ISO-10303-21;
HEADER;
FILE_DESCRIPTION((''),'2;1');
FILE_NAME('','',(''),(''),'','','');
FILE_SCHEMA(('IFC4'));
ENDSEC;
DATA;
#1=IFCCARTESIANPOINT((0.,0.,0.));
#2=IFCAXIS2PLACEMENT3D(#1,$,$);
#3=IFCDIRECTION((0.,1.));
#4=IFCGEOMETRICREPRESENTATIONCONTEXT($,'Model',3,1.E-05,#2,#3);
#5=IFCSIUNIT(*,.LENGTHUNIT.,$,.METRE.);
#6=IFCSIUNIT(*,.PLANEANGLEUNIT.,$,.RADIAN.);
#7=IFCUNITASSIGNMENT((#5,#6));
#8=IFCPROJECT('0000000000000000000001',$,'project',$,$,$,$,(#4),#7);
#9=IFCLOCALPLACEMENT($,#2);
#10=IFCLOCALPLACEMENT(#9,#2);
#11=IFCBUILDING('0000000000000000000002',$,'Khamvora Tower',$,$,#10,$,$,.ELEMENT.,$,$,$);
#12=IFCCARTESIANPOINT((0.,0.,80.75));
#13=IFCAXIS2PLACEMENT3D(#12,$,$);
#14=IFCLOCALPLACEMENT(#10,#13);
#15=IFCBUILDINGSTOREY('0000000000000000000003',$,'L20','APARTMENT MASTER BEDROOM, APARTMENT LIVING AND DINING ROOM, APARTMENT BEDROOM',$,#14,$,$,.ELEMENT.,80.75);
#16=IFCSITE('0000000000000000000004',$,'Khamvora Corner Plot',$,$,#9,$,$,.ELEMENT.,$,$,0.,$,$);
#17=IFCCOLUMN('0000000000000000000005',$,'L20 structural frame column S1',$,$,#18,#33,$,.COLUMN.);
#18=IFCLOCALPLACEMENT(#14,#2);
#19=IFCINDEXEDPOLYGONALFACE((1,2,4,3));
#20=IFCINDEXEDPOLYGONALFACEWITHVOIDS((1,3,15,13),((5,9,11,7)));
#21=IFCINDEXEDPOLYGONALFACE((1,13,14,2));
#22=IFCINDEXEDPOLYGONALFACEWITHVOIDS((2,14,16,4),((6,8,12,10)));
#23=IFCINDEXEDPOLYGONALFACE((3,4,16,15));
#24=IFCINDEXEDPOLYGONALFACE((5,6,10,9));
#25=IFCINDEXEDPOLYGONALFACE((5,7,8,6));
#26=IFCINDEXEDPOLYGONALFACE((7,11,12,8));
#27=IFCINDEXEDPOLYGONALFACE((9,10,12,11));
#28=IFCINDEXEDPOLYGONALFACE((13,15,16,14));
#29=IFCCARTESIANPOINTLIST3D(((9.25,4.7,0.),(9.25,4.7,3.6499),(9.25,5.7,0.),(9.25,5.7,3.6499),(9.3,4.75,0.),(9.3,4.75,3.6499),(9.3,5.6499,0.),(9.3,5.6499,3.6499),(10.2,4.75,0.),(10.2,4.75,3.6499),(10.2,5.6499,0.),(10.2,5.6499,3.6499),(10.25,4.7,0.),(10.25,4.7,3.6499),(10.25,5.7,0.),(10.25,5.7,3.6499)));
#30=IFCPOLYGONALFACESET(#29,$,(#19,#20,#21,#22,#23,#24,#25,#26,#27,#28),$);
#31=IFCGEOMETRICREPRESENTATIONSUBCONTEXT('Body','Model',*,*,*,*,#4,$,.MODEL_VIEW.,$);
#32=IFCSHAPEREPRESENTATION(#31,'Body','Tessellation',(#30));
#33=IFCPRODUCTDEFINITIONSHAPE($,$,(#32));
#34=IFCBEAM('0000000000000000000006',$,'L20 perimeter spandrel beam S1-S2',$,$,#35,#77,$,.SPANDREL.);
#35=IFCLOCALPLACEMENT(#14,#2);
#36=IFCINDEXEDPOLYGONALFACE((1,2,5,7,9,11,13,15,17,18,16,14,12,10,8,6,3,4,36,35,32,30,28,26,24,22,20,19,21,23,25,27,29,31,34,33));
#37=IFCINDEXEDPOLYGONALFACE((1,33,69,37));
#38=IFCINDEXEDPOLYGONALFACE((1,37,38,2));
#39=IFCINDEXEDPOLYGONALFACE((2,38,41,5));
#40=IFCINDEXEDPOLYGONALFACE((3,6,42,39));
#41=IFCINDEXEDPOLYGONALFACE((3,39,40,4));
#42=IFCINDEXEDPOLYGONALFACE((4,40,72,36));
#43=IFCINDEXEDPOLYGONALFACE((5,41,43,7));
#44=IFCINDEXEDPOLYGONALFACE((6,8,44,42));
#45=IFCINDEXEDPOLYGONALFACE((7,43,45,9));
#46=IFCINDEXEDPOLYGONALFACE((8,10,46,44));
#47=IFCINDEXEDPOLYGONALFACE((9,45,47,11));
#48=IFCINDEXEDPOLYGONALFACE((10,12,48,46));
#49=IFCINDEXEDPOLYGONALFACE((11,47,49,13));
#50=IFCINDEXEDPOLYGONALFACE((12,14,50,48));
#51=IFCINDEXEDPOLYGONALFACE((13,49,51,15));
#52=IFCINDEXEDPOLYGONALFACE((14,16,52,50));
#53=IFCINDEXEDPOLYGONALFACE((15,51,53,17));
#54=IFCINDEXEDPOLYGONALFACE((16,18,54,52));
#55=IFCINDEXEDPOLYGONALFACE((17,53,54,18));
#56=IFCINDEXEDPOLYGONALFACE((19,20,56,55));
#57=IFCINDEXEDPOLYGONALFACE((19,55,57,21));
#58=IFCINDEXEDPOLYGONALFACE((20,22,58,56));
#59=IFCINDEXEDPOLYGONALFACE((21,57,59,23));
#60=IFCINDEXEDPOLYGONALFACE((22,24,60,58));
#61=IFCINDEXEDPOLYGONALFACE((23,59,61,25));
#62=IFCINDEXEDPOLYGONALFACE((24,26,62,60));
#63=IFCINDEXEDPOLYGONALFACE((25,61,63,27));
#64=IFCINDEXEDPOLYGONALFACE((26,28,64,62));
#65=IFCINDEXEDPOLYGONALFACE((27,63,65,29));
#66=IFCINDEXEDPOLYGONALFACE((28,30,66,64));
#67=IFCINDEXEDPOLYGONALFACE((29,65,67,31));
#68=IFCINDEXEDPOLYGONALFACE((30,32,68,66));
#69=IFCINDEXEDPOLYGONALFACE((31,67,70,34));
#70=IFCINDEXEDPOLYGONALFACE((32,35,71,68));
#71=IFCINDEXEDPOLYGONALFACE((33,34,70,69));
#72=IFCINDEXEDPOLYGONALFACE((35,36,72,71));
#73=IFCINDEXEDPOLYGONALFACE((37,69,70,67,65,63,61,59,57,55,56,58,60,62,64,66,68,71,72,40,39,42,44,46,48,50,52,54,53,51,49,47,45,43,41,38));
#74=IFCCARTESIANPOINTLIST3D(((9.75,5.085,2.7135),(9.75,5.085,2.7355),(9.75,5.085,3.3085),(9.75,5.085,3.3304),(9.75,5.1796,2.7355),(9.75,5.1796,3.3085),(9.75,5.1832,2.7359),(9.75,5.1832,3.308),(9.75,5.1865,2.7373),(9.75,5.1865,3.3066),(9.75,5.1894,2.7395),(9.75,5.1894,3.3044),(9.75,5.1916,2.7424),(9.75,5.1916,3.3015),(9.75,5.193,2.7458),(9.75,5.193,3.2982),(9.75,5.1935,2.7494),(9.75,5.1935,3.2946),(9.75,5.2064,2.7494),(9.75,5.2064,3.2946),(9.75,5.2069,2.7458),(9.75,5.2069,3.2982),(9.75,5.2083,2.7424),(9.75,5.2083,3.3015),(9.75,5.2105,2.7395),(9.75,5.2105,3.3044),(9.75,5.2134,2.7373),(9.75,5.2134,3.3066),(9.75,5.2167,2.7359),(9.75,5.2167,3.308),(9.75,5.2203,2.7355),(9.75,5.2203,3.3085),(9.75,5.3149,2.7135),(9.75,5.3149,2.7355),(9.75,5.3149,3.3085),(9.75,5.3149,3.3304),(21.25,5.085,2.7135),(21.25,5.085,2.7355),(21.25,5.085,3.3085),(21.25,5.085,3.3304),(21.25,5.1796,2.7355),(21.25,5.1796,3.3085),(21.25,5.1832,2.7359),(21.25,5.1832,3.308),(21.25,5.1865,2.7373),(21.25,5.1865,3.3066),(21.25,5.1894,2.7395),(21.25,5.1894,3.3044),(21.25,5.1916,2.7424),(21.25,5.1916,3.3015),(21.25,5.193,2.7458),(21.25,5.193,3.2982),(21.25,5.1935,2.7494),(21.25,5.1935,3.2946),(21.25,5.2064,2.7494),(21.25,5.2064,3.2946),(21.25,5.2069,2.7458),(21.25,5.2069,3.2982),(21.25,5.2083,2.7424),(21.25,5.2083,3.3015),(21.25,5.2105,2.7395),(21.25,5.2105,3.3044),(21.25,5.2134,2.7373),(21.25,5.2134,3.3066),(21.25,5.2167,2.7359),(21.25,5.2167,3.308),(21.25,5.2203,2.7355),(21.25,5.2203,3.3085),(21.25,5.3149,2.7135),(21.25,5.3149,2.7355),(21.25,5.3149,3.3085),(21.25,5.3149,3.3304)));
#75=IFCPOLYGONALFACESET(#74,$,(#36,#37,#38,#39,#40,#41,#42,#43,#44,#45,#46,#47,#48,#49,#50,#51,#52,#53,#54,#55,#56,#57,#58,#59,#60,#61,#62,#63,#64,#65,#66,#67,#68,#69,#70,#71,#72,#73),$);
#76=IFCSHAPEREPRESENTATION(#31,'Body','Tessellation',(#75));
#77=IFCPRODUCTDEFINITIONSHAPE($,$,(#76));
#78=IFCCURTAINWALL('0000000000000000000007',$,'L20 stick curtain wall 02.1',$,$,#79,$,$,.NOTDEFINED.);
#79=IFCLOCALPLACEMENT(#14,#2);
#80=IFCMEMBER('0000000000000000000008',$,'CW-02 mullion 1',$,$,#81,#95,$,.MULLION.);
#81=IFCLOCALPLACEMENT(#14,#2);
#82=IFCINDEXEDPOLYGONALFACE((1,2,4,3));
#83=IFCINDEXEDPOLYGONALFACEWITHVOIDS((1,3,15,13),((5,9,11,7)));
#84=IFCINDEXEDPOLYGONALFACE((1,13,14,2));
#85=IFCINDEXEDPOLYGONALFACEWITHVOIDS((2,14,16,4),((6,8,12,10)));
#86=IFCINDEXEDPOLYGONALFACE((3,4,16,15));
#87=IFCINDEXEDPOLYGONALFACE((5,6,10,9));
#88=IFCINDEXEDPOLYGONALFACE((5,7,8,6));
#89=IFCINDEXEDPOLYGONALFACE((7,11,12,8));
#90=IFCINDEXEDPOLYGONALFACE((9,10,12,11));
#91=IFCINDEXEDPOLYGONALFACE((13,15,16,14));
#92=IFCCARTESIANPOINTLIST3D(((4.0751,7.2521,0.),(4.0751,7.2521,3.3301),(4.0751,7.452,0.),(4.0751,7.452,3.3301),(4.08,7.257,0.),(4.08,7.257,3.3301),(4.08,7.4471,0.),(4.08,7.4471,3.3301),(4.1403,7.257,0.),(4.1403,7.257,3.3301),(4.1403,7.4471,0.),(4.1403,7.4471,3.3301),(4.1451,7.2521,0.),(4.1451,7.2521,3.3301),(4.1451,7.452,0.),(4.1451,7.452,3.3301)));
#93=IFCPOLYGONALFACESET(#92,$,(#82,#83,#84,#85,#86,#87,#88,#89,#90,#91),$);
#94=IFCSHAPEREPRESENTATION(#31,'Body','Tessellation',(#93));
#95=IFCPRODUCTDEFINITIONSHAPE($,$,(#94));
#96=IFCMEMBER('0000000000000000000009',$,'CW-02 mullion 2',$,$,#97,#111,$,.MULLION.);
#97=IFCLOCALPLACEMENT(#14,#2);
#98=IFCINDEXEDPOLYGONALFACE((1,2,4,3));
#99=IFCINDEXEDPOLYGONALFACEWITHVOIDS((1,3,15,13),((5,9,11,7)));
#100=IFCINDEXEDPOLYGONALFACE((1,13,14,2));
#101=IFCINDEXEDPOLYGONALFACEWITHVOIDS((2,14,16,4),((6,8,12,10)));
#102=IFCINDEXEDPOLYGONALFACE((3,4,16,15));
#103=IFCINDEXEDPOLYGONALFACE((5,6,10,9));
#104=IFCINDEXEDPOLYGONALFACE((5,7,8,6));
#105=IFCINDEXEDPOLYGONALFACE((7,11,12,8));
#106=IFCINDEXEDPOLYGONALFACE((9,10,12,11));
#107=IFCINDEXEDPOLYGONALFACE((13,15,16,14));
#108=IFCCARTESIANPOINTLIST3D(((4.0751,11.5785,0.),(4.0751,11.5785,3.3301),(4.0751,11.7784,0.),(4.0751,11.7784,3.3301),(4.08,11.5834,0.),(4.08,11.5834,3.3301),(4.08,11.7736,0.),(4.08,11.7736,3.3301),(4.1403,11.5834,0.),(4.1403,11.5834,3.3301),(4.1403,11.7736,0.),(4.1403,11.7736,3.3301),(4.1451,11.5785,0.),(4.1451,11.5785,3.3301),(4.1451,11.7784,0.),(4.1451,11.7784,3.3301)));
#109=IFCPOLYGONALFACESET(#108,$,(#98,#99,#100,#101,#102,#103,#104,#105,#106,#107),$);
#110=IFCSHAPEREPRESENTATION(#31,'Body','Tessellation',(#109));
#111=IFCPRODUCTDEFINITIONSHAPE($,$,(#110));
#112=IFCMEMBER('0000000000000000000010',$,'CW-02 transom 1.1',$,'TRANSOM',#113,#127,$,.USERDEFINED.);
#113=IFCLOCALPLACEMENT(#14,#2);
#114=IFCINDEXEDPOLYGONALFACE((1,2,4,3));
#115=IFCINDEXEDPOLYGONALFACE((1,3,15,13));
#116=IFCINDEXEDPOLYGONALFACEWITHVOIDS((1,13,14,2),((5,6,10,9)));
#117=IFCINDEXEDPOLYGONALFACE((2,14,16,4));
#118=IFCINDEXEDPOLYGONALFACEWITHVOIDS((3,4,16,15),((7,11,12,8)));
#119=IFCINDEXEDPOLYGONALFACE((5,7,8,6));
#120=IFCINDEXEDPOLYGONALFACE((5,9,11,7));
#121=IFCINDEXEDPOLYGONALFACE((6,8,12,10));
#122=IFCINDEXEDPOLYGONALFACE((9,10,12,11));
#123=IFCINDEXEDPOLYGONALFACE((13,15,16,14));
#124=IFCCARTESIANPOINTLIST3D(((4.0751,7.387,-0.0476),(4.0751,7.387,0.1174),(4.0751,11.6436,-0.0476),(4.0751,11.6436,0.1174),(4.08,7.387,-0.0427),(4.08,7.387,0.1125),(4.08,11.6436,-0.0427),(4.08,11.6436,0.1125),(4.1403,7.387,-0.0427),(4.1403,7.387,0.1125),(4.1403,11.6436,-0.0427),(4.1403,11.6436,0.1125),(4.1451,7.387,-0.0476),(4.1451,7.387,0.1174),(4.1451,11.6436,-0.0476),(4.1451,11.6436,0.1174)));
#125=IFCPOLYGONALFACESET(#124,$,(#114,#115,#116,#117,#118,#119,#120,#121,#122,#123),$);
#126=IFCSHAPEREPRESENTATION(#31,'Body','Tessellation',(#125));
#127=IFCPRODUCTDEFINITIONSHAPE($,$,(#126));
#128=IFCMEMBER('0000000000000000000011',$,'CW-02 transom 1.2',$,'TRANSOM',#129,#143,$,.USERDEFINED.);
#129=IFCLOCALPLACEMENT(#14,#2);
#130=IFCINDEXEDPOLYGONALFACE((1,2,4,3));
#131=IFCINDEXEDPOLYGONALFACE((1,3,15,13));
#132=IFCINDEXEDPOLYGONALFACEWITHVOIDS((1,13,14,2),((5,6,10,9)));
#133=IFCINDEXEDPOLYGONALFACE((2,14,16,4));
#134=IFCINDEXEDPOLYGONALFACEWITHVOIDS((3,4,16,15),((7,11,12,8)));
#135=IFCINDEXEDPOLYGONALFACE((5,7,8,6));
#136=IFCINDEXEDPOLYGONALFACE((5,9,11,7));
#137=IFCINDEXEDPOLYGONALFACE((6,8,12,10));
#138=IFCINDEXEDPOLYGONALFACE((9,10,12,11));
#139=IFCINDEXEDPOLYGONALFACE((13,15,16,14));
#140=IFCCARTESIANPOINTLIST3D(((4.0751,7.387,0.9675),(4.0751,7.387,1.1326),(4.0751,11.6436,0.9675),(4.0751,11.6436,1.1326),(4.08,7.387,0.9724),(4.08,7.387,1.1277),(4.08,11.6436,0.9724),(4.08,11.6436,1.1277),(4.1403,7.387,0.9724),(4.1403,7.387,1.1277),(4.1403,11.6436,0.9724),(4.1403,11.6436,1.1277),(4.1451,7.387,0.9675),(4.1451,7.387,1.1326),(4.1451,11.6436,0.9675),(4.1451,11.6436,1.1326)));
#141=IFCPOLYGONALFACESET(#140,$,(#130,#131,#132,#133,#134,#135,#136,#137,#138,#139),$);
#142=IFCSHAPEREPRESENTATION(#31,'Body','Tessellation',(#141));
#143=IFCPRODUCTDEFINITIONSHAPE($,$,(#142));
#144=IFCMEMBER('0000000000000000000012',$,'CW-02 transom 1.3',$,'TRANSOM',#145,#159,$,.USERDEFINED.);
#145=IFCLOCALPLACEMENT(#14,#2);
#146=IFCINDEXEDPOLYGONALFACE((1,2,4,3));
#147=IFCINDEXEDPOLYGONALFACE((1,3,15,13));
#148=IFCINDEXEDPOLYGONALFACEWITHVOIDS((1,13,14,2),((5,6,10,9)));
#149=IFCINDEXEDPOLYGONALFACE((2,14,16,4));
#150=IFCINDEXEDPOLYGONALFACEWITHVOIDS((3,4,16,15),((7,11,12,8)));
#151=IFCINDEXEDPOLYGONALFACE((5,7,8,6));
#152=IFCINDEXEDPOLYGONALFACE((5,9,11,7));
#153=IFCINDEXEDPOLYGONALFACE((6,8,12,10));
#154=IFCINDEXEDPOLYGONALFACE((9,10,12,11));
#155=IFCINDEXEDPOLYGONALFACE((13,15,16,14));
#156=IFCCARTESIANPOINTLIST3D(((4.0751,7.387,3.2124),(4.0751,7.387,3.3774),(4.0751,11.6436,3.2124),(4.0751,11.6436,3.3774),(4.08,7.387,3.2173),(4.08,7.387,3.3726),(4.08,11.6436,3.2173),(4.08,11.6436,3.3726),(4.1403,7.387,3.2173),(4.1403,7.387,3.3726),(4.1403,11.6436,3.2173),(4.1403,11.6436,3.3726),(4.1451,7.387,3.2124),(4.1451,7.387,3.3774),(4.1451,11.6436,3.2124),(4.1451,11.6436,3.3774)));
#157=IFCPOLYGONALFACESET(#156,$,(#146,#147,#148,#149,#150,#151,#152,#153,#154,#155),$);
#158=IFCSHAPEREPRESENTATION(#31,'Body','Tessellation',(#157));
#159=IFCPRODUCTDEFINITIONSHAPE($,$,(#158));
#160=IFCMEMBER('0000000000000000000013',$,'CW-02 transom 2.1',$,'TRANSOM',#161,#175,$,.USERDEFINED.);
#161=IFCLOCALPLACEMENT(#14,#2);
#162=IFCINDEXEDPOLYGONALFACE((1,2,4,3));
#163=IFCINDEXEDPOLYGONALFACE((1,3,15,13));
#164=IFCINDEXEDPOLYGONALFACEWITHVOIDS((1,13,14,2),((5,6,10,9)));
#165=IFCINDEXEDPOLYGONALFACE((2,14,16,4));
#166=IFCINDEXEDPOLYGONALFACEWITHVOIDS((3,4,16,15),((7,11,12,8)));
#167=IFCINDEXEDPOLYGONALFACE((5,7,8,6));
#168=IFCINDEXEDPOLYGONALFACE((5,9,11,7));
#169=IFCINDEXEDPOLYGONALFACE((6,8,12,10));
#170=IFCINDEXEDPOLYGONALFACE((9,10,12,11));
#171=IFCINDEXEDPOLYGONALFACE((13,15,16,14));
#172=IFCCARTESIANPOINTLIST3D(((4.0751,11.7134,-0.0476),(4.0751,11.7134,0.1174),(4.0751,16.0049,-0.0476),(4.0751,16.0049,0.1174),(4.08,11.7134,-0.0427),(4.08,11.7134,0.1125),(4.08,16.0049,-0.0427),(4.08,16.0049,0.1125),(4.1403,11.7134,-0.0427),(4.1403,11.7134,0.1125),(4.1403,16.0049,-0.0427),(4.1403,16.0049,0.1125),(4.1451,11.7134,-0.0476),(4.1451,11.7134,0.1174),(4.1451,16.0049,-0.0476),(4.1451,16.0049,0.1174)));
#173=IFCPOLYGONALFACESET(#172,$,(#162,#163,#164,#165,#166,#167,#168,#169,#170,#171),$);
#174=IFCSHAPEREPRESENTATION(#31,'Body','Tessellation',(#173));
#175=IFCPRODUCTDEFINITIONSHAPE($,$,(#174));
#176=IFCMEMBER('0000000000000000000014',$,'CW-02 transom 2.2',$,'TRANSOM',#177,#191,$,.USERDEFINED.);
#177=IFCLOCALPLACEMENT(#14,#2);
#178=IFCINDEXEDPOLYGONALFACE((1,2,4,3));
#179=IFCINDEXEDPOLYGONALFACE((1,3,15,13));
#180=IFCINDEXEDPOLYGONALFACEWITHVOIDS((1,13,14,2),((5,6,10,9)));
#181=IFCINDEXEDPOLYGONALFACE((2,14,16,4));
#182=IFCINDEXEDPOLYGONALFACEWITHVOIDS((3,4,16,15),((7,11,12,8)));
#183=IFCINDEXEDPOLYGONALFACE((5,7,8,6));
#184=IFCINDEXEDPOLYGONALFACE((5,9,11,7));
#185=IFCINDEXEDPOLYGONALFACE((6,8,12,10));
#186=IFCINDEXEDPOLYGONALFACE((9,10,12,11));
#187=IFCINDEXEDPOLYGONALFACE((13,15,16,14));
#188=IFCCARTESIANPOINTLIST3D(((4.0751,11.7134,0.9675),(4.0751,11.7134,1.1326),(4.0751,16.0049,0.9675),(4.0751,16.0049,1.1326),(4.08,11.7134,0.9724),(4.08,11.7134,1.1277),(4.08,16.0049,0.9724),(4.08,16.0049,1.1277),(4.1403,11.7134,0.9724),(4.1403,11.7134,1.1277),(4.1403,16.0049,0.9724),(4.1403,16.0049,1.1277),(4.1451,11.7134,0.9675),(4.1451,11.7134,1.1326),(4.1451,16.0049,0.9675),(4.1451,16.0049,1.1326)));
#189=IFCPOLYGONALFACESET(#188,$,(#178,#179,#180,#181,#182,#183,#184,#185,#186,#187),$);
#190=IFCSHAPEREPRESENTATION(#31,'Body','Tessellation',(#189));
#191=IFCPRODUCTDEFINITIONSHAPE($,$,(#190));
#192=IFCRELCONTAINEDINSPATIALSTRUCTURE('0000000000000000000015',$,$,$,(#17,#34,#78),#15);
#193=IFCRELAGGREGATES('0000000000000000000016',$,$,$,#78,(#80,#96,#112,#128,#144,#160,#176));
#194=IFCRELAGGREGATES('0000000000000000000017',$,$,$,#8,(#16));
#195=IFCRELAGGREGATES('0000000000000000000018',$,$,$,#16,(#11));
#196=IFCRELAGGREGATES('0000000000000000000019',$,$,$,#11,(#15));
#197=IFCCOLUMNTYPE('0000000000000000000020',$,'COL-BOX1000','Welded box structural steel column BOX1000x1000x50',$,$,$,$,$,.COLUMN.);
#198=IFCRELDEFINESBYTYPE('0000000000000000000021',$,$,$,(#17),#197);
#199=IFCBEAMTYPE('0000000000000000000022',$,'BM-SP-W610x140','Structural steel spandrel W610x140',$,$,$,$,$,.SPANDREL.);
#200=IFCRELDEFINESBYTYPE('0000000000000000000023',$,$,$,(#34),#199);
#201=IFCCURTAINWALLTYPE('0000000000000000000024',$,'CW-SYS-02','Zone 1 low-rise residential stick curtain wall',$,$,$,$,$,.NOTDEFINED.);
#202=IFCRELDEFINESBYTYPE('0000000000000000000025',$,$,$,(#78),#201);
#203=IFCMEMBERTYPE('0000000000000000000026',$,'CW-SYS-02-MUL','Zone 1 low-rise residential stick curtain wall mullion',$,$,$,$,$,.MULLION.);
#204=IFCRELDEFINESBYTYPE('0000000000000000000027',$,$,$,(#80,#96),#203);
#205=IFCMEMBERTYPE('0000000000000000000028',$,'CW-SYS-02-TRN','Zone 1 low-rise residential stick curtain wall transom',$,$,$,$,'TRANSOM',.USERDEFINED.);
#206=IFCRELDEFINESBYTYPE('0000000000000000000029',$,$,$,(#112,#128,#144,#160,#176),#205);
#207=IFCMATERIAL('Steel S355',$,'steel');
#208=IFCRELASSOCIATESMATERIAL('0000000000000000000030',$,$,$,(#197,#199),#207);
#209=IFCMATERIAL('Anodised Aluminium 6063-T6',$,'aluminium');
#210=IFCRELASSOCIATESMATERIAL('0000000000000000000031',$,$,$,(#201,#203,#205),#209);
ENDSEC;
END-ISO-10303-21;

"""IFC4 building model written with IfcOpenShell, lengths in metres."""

from ifc_helpers import new_model, si_unit, direction, frame, origin, origin_2d, place, context, subcontext, project, spatial, hollow_rectangle, i_section, extrude, material, material_profile, profile_set, type_object, element, aggregate, save


model = new_model("IFC4")

# Units and contexts
model_context = context("Model", 3, precision=1e-05, world=origin(), true_north=direction((0.0, 1.0)))
body_context = subcontext(model_context, "Body", "Model", "MODEL_VIEW")
ifc_project = project(units=[si_unit("LENGTHUNIT", "METRE"), si_unit("PLANEANGLEUNIT", "RADIAN")], contexts=[model_context])

# Site, building, storey
site_placement = place(None, origin())
site = spatial("IfcSite", under=ifc_project, at=site_placement, Name="Khamvora Corner Plot", CompositionType="ELEMENT", RefElevation=0.0)
building_placement = place(site_placement, origin())
building = spatial("IfcBuilding", under=site, at=building_placement, Name="Khamvora Tower", CompositionType="ELEMENT")
storey_placement = place(building_placement, frame((0.0, 0.0, 80.75)))
storey = spatial("IfcBuildingStorey", under=building, at=storey_placement, Name="L20", Description="APARTMENT MASTER BEDROOM, APARTMENT LIVING AND DINING ROOM, APARTMENT BEDROOM", CompositionType="ELEMENT", Elevation=80.75)

# Column
ifc_material_1 = material(Name="Steel S355", Category="steel")
ifc_material_profile_1 = material_profile(ifc_material_1, hollow_rectangle(XDim=1.0, YDim=1.0, WallThickness=0.05, at=origin_2d()), Name="BOX1000x1000x50")
ifc_profile_set_1 = profile_set([ifc_material_profile_1], Name="Steel S355")
column_type = type_object("IfcColumnType", Name="COL-BOX1000", Description="Welded box structural steel column BOX1000x1000x50", PredefinedType="COLUMN", material=ifc_profile_set_1)
column_placement = place(storey_placement, frame((9.75, 5.2, 0.0), z_axis=(0.0, 0.0, 1.0), x_axis=(1.0, 0.0, 0.0)))
element("IfcColumn", 1, at=column_placement, inside=storey, type_object=column_type, Name="L20 structural frame column S1", PredefinedType="COLUMN", context=body_context, shape_type="SweptSolid", body=[
    extrude(hollow_rectangle(XDim=1.0, YDim=1.0, WallThickness=0.05, at=origin_2d()), origin(), (0.0, 0.0, 1.0), 3.6499),
])

# Beam
ifc_material_profile_2 = material_profile(ifc_material_1, i_section(OverallWidth=0.23, OverallDepth=0.6169, WebThickness=0.0129, FlangeThickness=0.022, FilletRadius=0.0139, at=origin_2d()), Name="W610x140")
ifc_profile_set_2 = profile_set([ifc_material_profile_2], Name="Steel S355")
beam_type = type_object("IfcBeamType", Name="BM-SP-W610x140", Description="Structural steel spandrel W610x140", PredefinedType="SPANDREL", material=ifc_profile_set_2)
beam_placement = place(storey_placement, frame((9.75, 5.2, 3.022), z_axis=(1.0, 0.0, 0.0), x_axis=(0.0, 1.0, 0.0)))
element("IfcBeam", 2, at=beam_placement, inside=storey, type_object=beam_type, Name="L20 perimeter spandrel beam S1-S2", PredefinedType="SPANDREL", context=body_context, shape_type="SweptSolid", body=[
    extrude(i_section(OverallWidth=0.23, OverallDepth=0.6169, WebThickness=0.0129, FlangeThickness=0.022, FilletRadius=0.0139, at=origin_2d()), origin(), (0.0, 0.0, 1.0), 11.5),
])

# Curtain wall, members
ifc_material_2 = material(Name="Anodised Aluminium 6063-T6", Category="aluminium")
curtain_wall_type = type_object("IfcCurtainWallType", Name="CW-SYS-02", Description="Zone 1 low-rise residential stick curtain wall", PredefinedType="NOTDEFINED", material=ifc_material_2)
curtain_wall_placement = place(storey_placement, origin())
curtain_wall = element("IfcCurtainWall", 3, at=curtain_wall_placement, inside=storey, type_object=curtain_wall_type, Name="L20 stick curtain wall 02.1", PredefinedType="NOTDEFINED")
ifc_material_profile_3 = material_profile(ifc_material_2, hollow_rectangle(XDim=0.0701, YDim=0.2, WallThickness=0.0049, at=origin_2d()), Name="MUL70x200x5")
ifc_profile_set_3 = profile_set([ifc_material_profile_3], Name="Anodised Aluminium 6063-T6")
member_type_1 = type_object("IfcMemberType", Name="CW-SYS-02-MUL", Description="Zone 1 low-rise residential stick curtain wall mullion", PredefinedType="MULLION", material=ifc_profile_set_3)
member_1_placement = place(storey_placement, frame((4.1101, 7.3521, 0.0), z_axis=(0.0, 0.0, 1.0), x_axis=(-1.0, 0.0, 0.0)))
member_1 = element("IfcMember", 4, at=member_1_placement, type_object=member_type_1, Name="CW-02 mullion 1", PredefinedType="MULLION", context=body_context, shape_type="SweptSolid", body=[
    extrude(hollow_rectangle(XDim=0.0701, YDim=0.2, WallThickness=0.0049, at=origin_2d()), origin(), (0.0, 0.0, 1.0), 3.3301),
])
member_2_placement = place(storey_placement, frame((4.1101, 11.6785, 0.0), z_axis=(0.0, 0.0, 1.0), x_axis=(-1.0, 0.0, 0.0)))
member_2 = element("IfcMember", 5, at=member_2_placement, type_object=member_type_1, Name="CW-02 mullion 2", PredefinedType="MULLION", context=body_context, shape_type="SweptSolid", body=[
    extrude(hollow_rectangle(XDim=0.0701, YDim=0.2, WallThickness=0.0049, at=origin_2d()), origin(), (0.0, 0.0, 1.0), 3.3301),
])
ifc_material_profile_4 = material_profile(ifc_material_2, hollow_rectangle(XDim=0.0701, YDim=0.165, WallThickness=0.0049, at=origin_2d()), Name="TRN70x165x5")
ifc_profile_set_4 = profile_set([ifc_material_profile_4], Name="Anodised Aluminium 6063-T6")
member_type_2 = type_object("IfcMemberType", Name="CW-SYS-02-TRN", Description="Zone 1 low-rise residential stick curtain wall transom", ElementType="TRANSOM", PredefinedType="USERDEFINED", material=ifc_profile_set_4)
member_3_placement = place(storey_placement, frame((4.1101, 7.387, 0.0349), z_axis=(0.0, 1.0, 0.0), x_axis=(-1.0, 0.0, 0.0)))
member_3 = element("IfcMember", 6, at=member_3_placement, type_object=member_type_2, Name="CW-02 transom 1.1", ObjectType="TRANSOM", PredefinedType="USERDEFINED", context=body_context, shape_type="SweptSolid", body=[
    extrude(hollow_rectangle(XDim=0.0701, YDim=0.165, WallThickness=0.0049, at=origin_2d()), origin(), (0.0, 0.0, 1.0), 4.2566),
])
member_4_placement = place(storey_placement, frame((4.1101, 7.387, 1.05), z_axis=(0.0, 1.0, 0.0), x_axis=(-1.0, 0.0, 0.0)))
member_4 = element("IfcMember", 7, at=member_4_placement, type_object=member_type_2, Name="CW-02 transom 1.2", ObjectType="TRANSOM", PredefinedType="USERDEFINED", context=body_context, shape_type="SweptSolid", body=[
    extrude(hollow_rectangle(XDim=0.0701, YDim=0.165, WallThickness=0.0049, at=origin_2d()), origin(), (0.0, 0.0, 1.0), 4.2566),
])
member_5_placement = place(storey_placement, frame((4.1101, 7.387, 3.2949), z_axis=(0.0, 1.0, 0.0), x_axis=(-1.0, 0.0, 0.0)))
member_5 = element("IfcMember", 8, at=member_5_placement, type_object=member_type_2, Name="CW-02 transom 1.3", ObjectType="TRANSOM", PredefinedType="USERDEFINED", context=body_context, shape_type="SweptSolid", body=[
    extrude(hollow_rectangle(XDim=0.0701, YDim=0.165, WallThickness=0.0049, at=origin_2d()), origin(), (0.0, 0.0, 1.0), 4.2566),
])
member_6_placement = place(storey_placement, frame((4.1101, 11.7134, 0.0349), z_axis=(0.0, 1.0, 0.0), x_axis=(-1.0, 0.0, 0.0)))
member_6 = element("IfcMember", 9, at=member_6_placement, type_object=member_type_2, Name="CW-02 transom 2.1", ObjectType="TRANSOM", PredefinedType="USERDEFINED", context=body_context, shape_type="SweptSolid", body=[
    extrude(hollow_rectangle(XDim=0.0701, YDim=0.165, WallThickness=0.0049, at=origin_2d()), origin(), (0.0, 0.0, 1.0), 4.2915),
])
member_7_placement = place(storey_placement, frame((4.1101, 11.7134, 1.05), z_axis=(0.0, 1.0, 0.0), x_axis=(-1.0, 0.0, 0.0)))
member_7 = element("IfcMember", 10, at=member_7_placement, type_object=member_type_2, Name="CW-02 transom 2.2", ObjectType="TRANSOM", PredefinedType="USERDEFINED", context=body_context, shape_type="SweptSolid", body=[
    extrude(hollow_rectangle(XDim=0.0701, YDim=0.165, WallThickness=0.0049, at=origin_2d()), origin(), (0.0, 0.0, 1.0), 4.2915),
])
aggregate(curtain_wall, [member_1, member_2, member_3, member_4, member_5, member_6, member_7])

save(model, "model.ifc")
